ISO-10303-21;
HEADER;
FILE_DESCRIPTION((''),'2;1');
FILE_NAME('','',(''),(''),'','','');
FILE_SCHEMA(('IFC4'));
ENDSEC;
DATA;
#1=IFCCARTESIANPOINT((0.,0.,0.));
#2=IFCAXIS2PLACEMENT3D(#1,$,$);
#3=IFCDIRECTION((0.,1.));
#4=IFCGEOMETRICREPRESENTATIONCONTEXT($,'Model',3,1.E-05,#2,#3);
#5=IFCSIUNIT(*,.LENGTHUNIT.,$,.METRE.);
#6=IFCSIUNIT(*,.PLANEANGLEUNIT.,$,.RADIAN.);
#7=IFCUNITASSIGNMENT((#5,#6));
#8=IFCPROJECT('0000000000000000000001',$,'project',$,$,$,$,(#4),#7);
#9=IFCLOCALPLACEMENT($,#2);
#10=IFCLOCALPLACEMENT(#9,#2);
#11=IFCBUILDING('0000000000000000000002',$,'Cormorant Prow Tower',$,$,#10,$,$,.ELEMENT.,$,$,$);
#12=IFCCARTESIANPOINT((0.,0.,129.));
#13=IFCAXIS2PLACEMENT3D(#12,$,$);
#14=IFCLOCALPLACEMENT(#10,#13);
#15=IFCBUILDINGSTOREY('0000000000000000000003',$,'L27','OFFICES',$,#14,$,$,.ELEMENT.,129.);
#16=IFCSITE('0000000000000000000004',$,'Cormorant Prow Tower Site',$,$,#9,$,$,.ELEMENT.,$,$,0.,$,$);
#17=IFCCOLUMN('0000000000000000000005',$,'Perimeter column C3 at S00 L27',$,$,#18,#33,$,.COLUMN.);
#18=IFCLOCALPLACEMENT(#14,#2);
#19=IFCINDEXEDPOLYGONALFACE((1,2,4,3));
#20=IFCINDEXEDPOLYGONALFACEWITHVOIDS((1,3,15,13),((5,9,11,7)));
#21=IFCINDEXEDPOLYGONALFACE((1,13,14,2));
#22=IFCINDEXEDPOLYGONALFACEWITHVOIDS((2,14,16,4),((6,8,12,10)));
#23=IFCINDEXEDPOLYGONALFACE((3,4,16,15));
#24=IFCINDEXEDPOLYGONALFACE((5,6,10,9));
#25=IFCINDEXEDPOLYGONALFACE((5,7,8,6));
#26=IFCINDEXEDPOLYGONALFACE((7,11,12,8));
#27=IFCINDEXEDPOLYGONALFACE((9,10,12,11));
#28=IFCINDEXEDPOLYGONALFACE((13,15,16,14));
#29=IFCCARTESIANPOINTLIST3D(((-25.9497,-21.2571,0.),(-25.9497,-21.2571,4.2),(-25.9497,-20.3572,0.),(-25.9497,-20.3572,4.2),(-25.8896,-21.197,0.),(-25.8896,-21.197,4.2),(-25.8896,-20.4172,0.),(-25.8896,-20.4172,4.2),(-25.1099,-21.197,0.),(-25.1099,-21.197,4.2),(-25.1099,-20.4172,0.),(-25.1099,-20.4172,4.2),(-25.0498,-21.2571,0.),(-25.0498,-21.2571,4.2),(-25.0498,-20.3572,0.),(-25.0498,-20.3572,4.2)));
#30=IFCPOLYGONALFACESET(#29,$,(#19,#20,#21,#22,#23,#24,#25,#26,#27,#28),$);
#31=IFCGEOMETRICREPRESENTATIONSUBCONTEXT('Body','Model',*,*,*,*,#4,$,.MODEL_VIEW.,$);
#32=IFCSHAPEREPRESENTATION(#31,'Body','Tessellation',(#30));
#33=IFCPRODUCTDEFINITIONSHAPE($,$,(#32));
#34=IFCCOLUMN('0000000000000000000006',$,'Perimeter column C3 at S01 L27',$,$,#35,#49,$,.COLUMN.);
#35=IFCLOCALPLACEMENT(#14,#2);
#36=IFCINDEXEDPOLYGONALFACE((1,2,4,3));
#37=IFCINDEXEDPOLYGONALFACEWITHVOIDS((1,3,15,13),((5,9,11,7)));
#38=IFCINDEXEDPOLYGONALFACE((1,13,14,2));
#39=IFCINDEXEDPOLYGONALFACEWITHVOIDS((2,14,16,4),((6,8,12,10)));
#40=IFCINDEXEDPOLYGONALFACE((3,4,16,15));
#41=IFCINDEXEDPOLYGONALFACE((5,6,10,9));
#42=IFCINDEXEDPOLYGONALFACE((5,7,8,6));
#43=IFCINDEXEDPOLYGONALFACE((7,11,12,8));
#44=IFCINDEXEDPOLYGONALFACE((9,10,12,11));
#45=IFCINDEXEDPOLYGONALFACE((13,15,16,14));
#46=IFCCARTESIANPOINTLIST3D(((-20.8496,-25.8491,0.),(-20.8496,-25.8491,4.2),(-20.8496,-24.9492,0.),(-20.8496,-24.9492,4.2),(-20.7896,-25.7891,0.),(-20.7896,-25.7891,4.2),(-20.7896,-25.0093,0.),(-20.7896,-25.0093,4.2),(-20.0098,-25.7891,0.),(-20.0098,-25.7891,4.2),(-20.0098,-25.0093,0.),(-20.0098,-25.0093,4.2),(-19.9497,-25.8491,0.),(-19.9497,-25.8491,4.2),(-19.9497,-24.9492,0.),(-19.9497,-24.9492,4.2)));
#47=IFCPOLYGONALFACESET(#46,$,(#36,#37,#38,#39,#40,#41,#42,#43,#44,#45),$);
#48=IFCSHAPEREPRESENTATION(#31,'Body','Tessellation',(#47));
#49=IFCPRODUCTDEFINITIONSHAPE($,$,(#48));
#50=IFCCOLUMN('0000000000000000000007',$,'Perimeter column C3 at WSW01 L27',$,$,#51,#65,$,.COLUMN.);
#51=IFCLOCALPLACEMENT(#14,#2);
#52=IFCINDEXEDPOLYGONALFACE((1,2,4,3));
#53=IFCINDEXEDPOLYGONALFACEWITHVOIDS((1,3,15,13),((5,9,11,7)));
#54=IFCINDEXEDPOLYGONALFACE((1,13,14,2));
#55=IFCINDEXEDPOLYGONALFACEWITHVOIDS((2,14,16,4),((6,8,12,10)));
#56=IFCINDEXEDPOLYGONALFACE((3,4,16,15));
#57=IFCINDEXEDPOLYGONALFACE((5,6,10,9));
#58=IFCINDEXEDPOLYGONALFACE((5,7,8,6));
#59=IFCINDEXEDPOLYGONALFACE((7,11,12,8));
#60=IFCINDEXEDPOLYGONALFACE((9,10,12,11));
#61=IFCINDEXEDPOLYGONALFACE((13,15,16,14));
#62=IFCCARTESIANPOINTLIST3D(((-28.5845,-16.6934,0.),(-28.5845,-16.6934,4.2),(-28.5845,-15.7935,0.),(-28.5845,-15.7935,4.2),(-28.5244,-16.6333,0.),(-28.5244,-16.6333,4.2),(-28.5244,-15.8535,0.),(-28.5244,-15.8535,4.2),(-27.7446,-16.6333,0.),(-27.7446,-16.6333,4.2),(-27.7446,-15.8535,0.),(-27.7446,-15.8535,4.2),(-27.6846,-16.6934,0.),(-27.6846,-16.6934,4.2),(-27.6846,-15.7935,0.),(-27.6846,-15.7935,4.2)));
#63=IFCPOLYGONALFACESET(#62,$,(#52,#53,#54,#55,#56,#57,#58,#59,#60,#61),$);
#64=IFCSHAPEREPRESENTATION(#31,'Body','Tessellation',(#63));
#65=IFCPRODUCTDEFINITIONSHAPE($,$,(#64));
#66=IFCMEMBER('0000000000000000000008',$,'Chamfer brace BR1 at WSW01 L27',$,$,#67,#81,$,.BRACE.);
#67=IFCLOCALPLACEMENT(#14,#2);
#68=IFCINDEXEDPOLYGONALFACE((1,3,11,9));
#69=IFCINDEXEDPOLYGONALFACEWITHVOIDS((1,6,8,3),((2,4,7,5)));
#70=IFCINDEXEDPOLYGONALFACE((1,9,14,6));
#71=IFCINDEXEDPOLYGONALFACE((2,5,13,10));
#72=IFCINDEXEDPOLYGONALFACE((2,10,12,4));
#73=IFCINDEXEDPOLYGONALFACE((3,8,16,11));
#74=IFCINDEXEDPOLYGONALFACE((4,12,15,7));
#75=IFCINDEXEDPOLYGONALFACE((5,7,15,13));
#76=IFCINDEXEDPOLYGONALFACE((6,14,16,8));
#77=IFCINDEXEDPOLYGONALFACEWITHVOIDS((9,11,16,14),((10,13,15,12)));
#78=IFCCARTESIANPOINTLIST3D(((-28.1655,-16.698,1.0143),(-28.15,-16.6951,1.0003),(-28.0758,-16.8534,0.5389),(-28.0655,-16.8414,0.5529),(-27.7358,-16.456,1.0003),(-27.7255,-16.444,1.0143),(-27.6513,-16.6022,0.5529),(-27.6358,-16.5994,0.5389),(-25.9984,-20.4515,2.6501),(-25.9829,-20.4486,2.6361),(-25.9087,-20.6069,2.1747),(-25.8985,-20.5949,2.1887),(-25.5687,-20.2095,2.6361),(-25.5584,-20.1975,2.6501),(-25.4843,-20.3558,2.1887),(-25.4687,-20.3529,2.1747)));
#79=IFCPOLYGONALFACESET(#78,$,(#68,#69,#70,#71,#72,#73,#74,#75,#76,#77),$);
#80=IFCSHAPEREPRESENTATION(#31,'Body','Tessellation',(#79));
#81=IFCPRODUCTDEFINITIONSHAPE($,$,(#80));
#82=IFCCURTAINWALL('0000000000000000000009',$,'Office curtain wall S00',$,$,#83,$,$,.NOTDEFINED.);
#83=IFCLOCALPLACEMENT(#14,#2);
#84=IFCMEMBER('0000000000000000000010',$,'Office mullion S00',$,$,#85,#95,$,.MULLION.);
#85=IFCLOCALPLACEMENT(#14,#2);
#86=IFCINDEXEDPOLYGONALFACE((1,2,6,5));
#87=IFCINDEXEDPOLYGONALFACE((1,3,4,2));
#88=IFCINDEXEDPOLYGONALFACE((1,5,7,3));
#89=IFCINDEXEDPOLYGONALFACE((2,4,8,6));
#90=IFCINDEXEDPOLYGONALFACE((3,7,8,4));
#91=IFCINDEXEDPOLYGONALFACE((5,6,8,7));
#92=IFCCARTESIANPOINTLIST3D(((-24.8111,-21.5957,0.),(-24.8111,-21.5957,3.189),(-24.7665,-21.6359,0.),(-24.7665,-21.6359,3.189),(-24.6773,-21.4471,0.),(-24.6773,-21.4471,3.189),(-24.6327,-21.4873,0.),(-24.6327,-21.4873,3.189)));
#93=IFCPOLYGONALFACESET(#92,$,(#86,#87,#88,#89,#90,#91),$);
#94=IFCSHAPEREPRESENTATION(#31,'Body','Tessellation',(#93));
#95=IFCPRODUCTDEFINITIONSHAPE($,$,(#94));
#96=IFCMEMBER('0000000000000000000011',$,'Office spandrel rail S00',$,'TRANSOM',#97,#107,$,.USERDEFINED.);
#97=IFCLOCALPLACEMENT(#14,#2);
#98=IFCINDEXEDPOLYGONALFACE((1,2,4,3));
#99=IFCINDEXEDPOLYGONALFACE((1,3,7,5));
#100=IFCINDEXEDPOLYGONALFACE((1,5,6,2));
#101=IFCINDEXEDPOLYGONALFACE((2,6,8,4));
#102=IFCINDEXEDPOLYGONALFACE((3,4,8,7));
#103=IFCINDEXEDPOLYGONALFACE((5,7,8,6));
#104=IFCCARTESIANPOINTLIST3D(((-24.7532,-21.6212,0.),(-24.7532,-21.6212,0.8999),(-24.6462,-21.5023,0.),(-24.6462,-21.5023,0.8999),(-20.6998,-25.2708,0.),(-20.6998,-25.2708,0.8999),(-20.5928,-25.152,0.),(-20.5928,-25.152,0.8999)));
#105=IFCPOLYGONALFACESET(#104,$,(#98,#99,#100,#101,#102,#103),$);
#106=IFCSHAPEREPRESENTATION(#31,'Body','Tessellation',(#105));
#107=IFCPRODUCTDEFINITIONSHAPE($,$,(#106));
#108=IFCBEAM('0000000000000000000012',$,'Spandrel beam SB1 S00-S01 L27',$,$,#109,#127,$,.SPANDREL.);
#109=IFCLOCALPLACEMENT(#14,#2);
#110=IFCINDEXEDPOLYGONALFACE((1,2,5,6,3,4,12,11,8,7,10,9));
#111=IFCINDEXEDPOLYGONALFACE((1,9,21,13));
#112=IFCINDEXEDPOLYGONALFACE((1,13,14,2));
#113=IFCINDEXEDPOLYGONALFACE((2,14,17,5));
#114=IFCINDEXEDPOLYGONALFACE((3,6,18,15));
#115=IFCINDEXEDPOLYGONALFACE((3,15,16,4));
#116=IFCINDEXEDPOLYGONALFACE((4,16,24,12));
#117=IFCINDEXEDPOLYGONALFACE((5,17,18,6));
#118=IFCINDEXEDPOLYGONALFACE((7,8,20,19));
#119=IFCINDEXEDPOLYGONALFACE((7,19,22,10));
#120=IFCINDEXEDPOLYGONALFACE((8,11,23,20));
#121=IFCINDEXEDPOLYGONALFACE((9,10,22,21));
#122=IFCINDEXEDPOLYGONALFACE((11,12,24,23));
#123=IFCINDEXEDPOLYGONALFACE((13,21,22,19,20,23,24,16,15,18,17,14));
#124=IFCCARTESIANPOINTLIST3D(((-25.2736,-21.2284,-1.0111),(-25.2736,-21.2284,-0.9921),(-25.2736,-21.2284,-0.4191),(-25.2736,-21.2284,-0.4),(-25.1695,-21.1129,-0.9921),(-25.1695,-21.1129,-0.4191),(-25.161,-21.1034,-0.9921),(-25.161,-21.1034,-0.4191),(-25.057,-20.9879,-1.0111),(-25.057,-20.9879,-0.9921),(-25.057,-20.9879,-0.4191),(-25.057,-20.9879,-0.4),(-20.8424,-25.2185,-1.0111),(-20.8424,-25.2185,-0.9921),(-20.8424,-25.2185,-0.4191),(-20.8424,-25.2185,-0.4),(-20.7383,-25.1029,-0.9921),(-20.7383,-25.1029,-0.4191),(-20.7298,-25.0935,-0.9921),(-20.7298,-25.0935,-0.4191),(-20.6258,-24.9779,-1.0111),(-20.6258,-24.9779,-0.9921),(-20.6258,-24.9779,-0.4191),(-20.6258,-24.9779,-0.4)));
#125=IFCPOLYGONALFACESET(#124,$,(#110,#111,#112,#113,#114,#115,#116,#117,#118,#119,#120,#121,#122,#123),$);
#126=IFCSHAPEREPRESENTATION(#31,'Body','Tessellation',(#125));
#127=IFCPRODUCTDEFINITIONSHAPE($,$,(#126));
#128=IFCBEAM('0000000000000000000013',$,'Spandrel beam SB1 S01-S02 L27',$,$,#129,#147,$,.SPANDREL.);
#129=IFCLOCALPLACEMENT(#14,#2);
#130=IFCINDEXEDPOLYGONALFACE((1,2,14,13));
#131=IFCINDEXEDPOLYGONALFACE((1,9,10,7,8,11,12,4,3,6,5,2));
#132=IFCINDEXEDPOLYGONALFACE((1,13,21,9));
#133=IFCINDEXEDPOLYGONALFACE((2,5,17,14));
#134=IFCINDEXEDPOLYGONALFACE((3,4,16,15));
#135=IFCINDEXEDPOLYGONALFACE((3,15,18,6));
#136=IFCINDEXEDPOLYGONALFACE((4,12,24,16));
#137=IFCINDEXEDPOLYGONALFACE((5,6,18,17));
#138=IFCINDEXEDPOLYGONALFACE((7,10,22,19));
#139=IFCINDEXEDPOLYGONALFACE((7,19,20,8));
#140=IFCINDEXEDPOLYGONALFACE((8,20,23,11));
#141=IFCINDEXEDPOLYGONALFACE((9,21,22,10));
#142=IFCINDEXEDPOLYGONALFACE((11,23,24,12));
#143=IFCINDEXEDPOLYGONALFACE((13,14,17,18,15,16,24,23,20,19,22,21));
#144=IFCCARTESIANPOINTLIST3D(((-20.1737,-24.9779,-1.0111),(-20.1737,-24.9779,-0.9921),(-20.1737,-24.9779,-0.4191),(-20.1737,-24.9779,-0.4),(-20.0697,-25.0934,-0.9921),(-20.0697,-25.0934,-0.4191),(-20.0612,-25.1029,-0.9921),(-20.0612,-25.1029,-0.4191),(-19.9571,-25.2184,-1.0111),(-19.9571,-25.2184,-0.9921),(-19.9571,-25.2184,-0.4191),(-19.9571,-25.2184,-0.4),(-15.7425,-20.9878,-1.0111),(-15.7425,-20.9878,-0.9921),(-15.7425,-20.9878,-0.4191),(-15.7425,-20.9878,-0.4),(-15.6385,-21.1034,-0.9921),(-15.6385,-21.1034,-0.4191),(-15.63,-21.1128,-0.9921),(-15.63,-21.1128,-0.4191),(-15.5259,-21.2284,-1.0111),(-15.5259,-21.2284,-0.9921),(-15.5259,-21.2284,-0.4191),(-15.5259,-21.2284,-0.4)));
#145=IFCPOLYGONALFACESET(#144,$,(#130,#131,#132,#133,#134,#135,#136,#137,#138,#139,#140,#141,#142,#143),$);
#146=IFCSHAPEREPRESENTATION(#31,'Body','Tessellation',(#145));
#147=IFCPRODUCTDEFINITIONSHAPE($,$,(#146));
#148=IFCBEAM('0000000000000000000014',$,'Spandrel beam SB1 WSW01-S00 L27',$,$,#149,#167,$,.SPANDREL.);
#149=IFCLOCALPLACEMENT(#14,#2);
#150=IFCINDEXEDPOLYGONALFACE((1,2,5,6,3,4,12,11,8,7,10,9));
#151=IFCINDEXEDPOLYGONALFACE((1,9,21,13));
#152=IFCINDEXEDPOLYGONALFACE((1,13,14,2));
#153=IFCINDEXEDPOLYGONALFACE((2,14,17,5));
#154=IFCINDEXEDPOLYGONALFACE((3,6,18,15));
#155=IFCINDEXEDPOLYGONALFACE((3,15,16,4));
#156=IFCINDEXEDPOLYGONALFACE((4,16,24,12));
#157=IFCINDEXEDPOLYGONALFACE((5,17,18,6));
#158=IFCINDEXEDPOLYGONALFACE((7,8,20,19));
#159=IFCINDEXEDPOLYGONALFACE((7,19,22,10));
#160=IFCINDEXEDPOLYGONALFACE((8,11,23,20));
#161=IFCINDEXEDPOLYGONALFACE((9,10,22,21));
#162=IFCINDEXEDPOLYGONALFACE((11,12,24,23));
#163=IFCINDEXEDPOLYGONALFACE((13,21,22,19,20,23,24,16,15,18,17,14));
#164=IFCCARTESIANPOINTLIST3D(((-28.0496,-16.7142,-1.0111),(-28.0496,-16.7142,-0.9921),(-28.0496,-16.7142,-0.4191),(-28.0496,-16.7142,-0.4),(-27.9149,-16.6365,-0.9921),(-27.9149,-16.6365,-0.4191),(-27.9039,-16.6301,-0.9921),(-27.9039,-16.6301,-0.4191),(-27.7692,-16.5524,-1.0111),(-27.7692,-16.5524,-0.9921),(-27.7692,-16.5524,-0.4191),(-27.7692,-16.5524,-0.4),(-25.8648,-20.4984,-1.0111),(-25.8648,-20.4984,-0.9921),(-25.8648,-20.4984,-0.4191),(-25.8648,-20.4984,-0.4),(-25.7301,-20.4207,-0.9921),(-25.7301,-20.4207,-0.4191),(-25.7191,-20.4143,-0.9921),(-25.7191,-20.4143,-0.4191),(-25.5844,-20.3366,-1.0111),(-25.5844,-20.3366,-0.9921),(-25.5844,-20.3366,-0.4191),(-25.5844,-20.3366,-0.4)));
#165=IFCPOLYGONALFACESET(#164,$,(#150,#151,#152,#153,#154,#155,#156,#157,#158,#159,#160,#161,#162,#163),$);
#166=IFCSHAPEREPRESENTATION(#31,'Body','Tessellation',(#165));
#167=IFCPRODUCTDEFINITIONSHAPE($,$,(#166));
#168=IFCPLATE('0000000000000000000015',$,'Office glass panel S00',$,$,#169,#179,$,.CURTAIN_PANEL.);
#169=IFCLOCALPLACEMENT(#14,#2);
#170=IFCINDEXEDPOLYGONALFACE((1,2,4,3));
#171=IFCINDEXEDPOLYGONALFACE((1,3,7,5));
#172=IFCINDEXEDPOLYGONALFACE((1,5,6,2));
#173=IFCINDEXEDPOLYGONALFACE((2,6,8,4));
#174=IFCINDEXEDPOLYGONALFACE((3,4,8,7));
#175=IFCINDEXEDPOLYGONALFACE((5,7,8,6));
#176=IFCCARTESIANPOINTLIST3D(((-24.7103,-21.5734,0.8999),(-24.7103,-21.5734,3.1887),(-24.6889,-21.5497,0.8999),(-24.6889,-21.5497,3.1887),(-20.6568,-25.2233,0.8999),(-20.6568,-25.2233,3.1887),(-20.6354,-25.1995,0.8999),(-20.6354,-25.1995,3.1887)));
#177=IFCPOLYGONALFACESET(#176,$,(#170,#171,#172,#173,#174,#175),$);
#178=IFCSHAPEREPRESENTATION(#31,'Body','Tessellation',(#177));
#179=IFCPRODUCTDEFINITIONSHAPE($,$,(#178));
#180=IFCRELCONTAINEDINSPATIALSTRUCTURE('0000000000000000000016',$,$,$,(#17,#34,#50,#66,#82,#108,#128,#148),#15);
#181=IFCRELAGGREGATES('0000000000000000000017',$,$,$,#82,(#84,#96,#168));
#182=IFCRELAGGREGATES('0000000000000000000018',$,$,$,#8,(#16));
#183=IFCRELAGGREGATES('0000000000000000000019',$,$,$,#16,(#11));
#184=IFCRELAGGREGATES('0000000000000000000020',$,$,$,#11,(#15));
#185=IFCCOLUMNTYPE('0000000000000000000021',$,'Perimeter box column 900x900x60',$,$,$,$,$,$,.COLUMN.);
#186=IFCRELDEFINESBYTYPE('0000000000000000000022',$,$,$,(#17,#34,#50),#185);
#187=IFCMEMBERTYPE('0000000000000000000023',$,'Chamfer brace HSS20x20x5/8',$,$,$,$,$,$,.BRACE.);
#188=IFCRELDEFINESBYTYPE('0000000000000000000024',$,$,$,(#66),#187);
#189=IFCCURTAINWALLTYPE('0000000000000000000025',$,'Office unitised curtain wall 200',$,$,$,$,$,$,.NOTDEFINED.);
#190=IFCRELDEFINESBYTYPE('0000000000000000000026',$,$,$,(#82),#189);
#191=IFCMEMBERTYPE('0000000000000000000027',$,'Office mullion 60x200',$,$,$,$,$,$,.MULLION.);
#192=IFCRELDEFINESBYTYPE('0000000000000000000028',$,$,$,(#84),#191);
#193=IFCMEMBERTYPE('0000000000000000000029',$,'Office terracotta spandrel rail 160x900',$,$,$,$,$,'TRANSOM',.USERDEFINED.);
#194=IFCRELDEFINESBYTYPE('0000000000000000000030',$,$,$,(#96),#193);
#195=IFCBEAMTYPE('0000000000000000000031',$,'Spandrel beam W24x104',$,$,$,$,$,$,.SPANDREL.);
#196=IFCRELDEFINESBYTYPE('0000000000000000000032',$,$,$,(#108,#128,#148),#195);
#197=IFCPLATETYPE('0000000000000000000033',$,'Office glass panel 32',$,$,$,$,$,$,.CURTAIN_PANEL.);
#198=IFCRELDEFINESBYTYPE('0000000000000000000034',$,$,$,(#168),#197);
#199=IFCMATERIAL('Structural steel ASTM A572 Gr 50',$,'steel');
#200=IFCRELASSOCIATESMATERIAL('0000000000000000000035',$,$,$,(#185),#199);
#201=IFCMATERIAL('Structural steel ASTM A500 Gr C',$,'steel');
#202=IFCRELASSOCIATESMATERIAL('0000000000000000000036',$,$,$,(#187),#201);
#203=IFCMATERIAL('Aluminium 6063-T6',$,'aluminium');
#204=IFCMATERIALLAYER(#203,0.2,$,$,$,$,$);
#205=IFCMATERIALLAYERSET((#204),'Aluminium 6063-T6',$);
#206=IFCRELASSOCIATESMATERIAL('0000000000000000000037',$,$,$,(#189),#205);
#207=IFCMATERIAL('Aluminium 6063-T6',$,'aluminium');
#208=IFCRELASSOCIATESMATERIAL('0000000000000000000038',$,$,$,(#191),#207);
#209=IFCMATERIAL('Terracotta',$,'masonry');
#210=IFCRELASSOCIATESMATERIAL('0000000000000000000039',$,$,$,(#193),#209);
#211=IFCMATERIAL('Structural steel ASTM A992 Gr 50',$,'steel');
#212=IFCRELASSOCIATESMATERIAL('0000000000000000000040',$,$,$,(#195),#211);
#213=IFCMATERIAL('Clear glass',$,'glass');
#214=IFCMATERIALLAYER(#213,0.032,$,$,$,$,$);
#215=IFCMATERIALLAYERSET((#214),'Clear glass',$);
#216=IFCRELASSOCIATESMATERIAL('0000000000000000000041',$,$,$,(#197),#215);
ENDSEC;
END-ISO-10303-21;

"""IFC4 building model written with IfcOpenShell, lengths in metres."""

from ifc_helpers import new_model, si_unit, direction, frame, origin, origin_2d, place, context, subcontext, project, spatial, rectangle, hollow_rectangle, i_section, extrude, material, layer, layer_set, material_profile, profile_set, type_object, element, aggregate, save


model = new_model("IFC4")

# Units and contexts
model_context = context("Model", 3, precision=1e-05, world=origin(), true_north=direction((0.0, 1.0)))
body_context = subcontext(model_context, "Body", "Model", "MODEL_VIEW")
ifc_project = project(units=[si_unit("LENGTHUNIT", "METRE"), si_unit("PLANEANGLEUNIT", "RADIAN")], contexts=[model_context])

# Site, building, storey
site_placement = place(None, origin())
site = spatial("IfcSite", under=ifc_project, at=site_placement, Name="Cormorant Prow Tower Site", CompositionType="ELEMENT", RefElevation=0.0)
building_placement = place(site_placement, origin())
building = spatial("IfcBuilding", under=site, at=building_placement, Name="Cormorant Prow Tower", CompositionType="ELEMENT")
storey_placement = place(building_placement, frame((0.0, 0.0, 129.0)))
storey = spatial("IfcBuildingStorey", under=building, at=storey_placement, Name="L27", Description="OFFICES", CompositionType="ELEMENT", Elevation=129.0)

# Columns
ifc_material_1 = material(Name="Structural steel ASTM A572 Gr 50", Category="steel")
ifc_material_profile_1 = material_profile(ifc_material_1, hollow_rectangle(XDim=0.8999, YDim=0.8999, WallThickness=0.0601, at=origin_2d()), Name="Box 900x900x60")
ifc_profile_set_1 = profile_set([ifc_material_profile_1], Name="Structural steel ASTM A572 Gr 50")
column_type = type_object("IfcColumnType", Name="Perimeter box column 900x900x60", PredefinedType="COLUMN", material=ifc_profile_set_1)
for number, where, z_axis, x_axis, name in (
    (1, (-25.4998, -20.8071, 0.0), (0.0, 0.0, 1.0), (1.0, 0.0, 0.0), "Perimeter column C3 at S00 L27"),
    (2, (-20.3997, -25.3992, 0.0), (0.0, 0.0, 1.0), (1.0, 0.0, 0.0), "Perimeter column C3 at S01 L27"),
    (3, (-28.1345, -16.2434, 0.0), (0.0, 0.0, 1.0), (1.0, 0.0, 0.0), "Perimeter column C3 at WSW01 L27"),
):
    element("IfcColumn", number, at=place(storey_placement, frame(where, z_axis=z_axis, x_axis=x_axis)), inside=storey, type_object=column_type, Name=name, PredefinedType="COLUMN", context=body_context, shape_type="SweptSolid", body=[
        extrude(hollow_rectangle(XDim=0.8999, YDim=0.8999, WallThickness=0.0601, at=origin_2d()), origin(), (0.0, 0.0, 1.0), 4.2),
    ])

# Member
ifc_material_2 = material(Name="Structural steel ASTM A500 Gr C", Category="steel")
ifc_material_profile_2 = material_profile(ifc_material_2, hollow_rectangle(XDim=0.5081, YDim=0.5081, WallThickness=0.0149, at=origin_2d()), Name="HSS20x20x5/8")
ifc_profile_set_2 = profile_set([ifc_material_profile_2], Name="Structural steel ASTM A500 Gr C")
member_type_1 = type_object("IfcMemberType", Name="Chamfer brace HSS20x20x5/8", PredefinedType="BRACE", material=ifc_profile_set_2)
member_1_placement = place(storey_placement, frame((-27.9006, -16.6487, 0.7766), z_axis=(0.467785, -0.810244, 0.353105), x_axis=(0.86603, 0.499992, 0.0)))
element("IfcMember", 4, at=member_1_placement, inside=storey, type_object=member_type_1, Name="Chamfer brace BR1 at WSW01 L27", PredefinedType="BRACE", context=body_context, shape_type="SweptSolid", body=[
    extrude(hollow_rectangle(XDim=0.5081, YDim=0.5081, WallThickness=0.0149, at=origin_2d()), origin(), (0.0, 0.0, 1.0), 4.6326),
])

# Curtain wall, members
ifc_material_3 = material(Name="Aluminium 6063-T6", Category="aluminium")
ifc_layer_1 = layer(ifc_material_3, 0.2)
ifc_layer_set_1 = layer_set([ifc_layer_1], Name="Aluminium 6063-T6")
curtain_wall_type = type_object("IfcCurtainWallType", Name="Office unitised curtain wall 200", PredefinedType="NOTDEFINED", material=ifc_layer_set_1)
curtain_wall_placement = place(storey_placement, origin())
curtain_wall = element("IfcCurtainWall", 5, at=curtain_wall_placement, inside=storey, type_object=curtain_wall_type, Name="Office curtain wall S00", PredefinedType="NOTDEFINED")
ifc_material_4 = material(Name="Aluminium 6063-T6", Category="aluminium")
ifc_material_profile_3 = material_profile(ifc_material_4, rectangle(XDim=0.2, YDim=0.0601, at=origin_2d()), Name="Office mullion 60x200")
ifc_profile_set_3 = profile_set([ifc_material_profile_3], Name="Aluminium 6063-T6")
member_type_2 = type_object("IfcMemberType", Name="Office mullion 60x200", PredefinedType="MULLION", material=ifc_profile_set_3)
member_2_placement = place(storey_placement, frame((-24.7219, -21.5415, 0.0), z_axis=(0.0, 0.0, 1.0), x_axis=(0.669131, 0.743145, 0.0)))
member_2 = element("IfcMember", 6, at=member_2_placement, type_object=member_type_2, Name="Office mullion S00", PredefinedType="MULLION", context=body_context, shape_type="SweptSolid", body=[
    extrude(rectangle(XDim=0.2, YDim=0.0601, at=origin_2d()), origin(), (0.0, 0.0, 1.0), 3.189),
])
ifc_material_5 = material(Name="Terracotta", Category="masonry")
ifc_material_profile_4 = material_profile(ifc_material_5, rectangle(XDim=0.1599, YDim=0.8999, at=origin_2d()), Name="Office terracotta spandrel rail 160x900")
ifc_profile_set_4 = profile_set([ifc_material_profile_4], Name="Terracotta")
member_type_3 = type_object("IfcMemberType", Name="Office terracotta spandrel rail 160x900", ElementType="TRANSOM", PredefinedType="USERDEFINED", material=ifc_profile_set_4)
member_3_placement = place(storey_placement, frame((-24.6997, -21.5618, 0.45), z_axis=(0.743154, -0.669121, 0.0), x_axis=(0.669121, 0.743154, 0.0)))
member_3 = element("IfcMember", 7, at=member_3_placement, type_object=member_type_3, Name="Office spandrel rail S00", ObjectType="TRANSOM", PredefinedType="USERDEFINED", context=body_context, shape_type="SweptSolid", body=[
    extrude(rectangle(XDim=0.1599, YDim=0.8999, at=origin_2d()), origin(), (0.0, 0.0, 1.0), 5.4543),
])

# Beams
ifc_material_6 = material(Name="Structural steel ASTM A992 Gr 50", Category="steel")
ifc_material_profile_5 = material_profile(ifc_material_6, i_section(OverallWidth=0.3237, OverallDepth=0.6111, WebThickness=0.0127, FlangeThickness=0.019, at=origin_2d()), Name="W24x104")
ifc_profile_set_5 = profile_set([ifc_material_profile_5], Name="Structural steel ASTM A992 Gr 50")
beam_type = type_object("IfcBeamType", Name="Spandrel beam W24x104", PredefinedType="SPANDREL", material=ifc_profile_set_5)
for number, where, z_axis, x_axis, name in (
    (8, (-25.1653, -21.1082, -0.7056), (0.743131, -0.669146, 0.0), (0.669146, 0.743131, 0.0), "Spandrel beam SB1 S00-S01 L27"),
    (9, (-20.0654, -25.0981, -0.7056), (0.743131, 0.669146, 0.0), (-0.669146, 0.743131, 0.0), "Spandrel beam SB1 S01-S02 L27"),
):
    element("IfcBeam", number, at=place(storey_placement, frame(where, z_axis=z_axis, x_axis=x_axis)), inside=storey, type_object=beam_type, Name=name, PredefinedType="SPANDREL", context=body_context, shape_type="SweptSolid", body=[
        extrude(i_section(OverallWidth=0.3237, OverallDepth=0.6111, WebThickness=0.0127, FlangeThickness=0.019, at=origin_2d()), origin(), (0.0, 0.0, 1.0), 5.9629),
    ])
beam_placement = place(storey_placement, frame((-27.9094, -16.6333, -0.7056), z_axis=(0.500003, -0.866024, 0.0), x_axis=(0.866024, 0.500003, 0.0)))
element("IfcBeam", 10, at=beam_placement, inside=storey, type_object=beam_type, Name="Spandrel beam SB1 WSW01-S00 L27", PredefinedType="SPANDREL", context=body_context, shape_type="SweptSolid", body=[
    extrude(i_section(OverallWidth=0.3237, OverallDepth=0.6111, WebThickness=0.0127, FlangeThickness=0.019, at=origin_2d()), origin(), (0.0, 0.0, 1.0), 4.3696),
])

# Plate
ifc_material_7 = material(Name="Clear glass", Category="glass")
ifc_layer_2 = layer(ifc_material_7, 0.032)
ifc_layer_set_2 = layer_set([ifc_layer_2], Name="Clear glass")
plate_type = type_object("IfcPlateType", Name="Office glass panel 32", PredefinedType="CURTAIN_PANEL", material=ifc_layer_set_2)
plate_placement = place(storey_placement, frame((-22.6729, -23.3865, 0.8999), z_axis=(0.0, 0.0, 1.0), x_axis=(0.743145, -0.669131, 0.0)))
plate = element("IfcPlate", 11, at=plate_placement, type_object=plate_type, Name="Office glass panel S00", PredefinedType="CURTAIN_PANEL", context=body_context, shape_type="SweptSolid", body=[
    extrude(rectangle(XDim=5.4546, YDim=0.032, at=origin_2d()), origin(), (0.0, 0.0, 1.0), 2.2888),
])
aggregate(curtain_wall, [member_2, member_3, plate])

save(model, "model.ifc")
